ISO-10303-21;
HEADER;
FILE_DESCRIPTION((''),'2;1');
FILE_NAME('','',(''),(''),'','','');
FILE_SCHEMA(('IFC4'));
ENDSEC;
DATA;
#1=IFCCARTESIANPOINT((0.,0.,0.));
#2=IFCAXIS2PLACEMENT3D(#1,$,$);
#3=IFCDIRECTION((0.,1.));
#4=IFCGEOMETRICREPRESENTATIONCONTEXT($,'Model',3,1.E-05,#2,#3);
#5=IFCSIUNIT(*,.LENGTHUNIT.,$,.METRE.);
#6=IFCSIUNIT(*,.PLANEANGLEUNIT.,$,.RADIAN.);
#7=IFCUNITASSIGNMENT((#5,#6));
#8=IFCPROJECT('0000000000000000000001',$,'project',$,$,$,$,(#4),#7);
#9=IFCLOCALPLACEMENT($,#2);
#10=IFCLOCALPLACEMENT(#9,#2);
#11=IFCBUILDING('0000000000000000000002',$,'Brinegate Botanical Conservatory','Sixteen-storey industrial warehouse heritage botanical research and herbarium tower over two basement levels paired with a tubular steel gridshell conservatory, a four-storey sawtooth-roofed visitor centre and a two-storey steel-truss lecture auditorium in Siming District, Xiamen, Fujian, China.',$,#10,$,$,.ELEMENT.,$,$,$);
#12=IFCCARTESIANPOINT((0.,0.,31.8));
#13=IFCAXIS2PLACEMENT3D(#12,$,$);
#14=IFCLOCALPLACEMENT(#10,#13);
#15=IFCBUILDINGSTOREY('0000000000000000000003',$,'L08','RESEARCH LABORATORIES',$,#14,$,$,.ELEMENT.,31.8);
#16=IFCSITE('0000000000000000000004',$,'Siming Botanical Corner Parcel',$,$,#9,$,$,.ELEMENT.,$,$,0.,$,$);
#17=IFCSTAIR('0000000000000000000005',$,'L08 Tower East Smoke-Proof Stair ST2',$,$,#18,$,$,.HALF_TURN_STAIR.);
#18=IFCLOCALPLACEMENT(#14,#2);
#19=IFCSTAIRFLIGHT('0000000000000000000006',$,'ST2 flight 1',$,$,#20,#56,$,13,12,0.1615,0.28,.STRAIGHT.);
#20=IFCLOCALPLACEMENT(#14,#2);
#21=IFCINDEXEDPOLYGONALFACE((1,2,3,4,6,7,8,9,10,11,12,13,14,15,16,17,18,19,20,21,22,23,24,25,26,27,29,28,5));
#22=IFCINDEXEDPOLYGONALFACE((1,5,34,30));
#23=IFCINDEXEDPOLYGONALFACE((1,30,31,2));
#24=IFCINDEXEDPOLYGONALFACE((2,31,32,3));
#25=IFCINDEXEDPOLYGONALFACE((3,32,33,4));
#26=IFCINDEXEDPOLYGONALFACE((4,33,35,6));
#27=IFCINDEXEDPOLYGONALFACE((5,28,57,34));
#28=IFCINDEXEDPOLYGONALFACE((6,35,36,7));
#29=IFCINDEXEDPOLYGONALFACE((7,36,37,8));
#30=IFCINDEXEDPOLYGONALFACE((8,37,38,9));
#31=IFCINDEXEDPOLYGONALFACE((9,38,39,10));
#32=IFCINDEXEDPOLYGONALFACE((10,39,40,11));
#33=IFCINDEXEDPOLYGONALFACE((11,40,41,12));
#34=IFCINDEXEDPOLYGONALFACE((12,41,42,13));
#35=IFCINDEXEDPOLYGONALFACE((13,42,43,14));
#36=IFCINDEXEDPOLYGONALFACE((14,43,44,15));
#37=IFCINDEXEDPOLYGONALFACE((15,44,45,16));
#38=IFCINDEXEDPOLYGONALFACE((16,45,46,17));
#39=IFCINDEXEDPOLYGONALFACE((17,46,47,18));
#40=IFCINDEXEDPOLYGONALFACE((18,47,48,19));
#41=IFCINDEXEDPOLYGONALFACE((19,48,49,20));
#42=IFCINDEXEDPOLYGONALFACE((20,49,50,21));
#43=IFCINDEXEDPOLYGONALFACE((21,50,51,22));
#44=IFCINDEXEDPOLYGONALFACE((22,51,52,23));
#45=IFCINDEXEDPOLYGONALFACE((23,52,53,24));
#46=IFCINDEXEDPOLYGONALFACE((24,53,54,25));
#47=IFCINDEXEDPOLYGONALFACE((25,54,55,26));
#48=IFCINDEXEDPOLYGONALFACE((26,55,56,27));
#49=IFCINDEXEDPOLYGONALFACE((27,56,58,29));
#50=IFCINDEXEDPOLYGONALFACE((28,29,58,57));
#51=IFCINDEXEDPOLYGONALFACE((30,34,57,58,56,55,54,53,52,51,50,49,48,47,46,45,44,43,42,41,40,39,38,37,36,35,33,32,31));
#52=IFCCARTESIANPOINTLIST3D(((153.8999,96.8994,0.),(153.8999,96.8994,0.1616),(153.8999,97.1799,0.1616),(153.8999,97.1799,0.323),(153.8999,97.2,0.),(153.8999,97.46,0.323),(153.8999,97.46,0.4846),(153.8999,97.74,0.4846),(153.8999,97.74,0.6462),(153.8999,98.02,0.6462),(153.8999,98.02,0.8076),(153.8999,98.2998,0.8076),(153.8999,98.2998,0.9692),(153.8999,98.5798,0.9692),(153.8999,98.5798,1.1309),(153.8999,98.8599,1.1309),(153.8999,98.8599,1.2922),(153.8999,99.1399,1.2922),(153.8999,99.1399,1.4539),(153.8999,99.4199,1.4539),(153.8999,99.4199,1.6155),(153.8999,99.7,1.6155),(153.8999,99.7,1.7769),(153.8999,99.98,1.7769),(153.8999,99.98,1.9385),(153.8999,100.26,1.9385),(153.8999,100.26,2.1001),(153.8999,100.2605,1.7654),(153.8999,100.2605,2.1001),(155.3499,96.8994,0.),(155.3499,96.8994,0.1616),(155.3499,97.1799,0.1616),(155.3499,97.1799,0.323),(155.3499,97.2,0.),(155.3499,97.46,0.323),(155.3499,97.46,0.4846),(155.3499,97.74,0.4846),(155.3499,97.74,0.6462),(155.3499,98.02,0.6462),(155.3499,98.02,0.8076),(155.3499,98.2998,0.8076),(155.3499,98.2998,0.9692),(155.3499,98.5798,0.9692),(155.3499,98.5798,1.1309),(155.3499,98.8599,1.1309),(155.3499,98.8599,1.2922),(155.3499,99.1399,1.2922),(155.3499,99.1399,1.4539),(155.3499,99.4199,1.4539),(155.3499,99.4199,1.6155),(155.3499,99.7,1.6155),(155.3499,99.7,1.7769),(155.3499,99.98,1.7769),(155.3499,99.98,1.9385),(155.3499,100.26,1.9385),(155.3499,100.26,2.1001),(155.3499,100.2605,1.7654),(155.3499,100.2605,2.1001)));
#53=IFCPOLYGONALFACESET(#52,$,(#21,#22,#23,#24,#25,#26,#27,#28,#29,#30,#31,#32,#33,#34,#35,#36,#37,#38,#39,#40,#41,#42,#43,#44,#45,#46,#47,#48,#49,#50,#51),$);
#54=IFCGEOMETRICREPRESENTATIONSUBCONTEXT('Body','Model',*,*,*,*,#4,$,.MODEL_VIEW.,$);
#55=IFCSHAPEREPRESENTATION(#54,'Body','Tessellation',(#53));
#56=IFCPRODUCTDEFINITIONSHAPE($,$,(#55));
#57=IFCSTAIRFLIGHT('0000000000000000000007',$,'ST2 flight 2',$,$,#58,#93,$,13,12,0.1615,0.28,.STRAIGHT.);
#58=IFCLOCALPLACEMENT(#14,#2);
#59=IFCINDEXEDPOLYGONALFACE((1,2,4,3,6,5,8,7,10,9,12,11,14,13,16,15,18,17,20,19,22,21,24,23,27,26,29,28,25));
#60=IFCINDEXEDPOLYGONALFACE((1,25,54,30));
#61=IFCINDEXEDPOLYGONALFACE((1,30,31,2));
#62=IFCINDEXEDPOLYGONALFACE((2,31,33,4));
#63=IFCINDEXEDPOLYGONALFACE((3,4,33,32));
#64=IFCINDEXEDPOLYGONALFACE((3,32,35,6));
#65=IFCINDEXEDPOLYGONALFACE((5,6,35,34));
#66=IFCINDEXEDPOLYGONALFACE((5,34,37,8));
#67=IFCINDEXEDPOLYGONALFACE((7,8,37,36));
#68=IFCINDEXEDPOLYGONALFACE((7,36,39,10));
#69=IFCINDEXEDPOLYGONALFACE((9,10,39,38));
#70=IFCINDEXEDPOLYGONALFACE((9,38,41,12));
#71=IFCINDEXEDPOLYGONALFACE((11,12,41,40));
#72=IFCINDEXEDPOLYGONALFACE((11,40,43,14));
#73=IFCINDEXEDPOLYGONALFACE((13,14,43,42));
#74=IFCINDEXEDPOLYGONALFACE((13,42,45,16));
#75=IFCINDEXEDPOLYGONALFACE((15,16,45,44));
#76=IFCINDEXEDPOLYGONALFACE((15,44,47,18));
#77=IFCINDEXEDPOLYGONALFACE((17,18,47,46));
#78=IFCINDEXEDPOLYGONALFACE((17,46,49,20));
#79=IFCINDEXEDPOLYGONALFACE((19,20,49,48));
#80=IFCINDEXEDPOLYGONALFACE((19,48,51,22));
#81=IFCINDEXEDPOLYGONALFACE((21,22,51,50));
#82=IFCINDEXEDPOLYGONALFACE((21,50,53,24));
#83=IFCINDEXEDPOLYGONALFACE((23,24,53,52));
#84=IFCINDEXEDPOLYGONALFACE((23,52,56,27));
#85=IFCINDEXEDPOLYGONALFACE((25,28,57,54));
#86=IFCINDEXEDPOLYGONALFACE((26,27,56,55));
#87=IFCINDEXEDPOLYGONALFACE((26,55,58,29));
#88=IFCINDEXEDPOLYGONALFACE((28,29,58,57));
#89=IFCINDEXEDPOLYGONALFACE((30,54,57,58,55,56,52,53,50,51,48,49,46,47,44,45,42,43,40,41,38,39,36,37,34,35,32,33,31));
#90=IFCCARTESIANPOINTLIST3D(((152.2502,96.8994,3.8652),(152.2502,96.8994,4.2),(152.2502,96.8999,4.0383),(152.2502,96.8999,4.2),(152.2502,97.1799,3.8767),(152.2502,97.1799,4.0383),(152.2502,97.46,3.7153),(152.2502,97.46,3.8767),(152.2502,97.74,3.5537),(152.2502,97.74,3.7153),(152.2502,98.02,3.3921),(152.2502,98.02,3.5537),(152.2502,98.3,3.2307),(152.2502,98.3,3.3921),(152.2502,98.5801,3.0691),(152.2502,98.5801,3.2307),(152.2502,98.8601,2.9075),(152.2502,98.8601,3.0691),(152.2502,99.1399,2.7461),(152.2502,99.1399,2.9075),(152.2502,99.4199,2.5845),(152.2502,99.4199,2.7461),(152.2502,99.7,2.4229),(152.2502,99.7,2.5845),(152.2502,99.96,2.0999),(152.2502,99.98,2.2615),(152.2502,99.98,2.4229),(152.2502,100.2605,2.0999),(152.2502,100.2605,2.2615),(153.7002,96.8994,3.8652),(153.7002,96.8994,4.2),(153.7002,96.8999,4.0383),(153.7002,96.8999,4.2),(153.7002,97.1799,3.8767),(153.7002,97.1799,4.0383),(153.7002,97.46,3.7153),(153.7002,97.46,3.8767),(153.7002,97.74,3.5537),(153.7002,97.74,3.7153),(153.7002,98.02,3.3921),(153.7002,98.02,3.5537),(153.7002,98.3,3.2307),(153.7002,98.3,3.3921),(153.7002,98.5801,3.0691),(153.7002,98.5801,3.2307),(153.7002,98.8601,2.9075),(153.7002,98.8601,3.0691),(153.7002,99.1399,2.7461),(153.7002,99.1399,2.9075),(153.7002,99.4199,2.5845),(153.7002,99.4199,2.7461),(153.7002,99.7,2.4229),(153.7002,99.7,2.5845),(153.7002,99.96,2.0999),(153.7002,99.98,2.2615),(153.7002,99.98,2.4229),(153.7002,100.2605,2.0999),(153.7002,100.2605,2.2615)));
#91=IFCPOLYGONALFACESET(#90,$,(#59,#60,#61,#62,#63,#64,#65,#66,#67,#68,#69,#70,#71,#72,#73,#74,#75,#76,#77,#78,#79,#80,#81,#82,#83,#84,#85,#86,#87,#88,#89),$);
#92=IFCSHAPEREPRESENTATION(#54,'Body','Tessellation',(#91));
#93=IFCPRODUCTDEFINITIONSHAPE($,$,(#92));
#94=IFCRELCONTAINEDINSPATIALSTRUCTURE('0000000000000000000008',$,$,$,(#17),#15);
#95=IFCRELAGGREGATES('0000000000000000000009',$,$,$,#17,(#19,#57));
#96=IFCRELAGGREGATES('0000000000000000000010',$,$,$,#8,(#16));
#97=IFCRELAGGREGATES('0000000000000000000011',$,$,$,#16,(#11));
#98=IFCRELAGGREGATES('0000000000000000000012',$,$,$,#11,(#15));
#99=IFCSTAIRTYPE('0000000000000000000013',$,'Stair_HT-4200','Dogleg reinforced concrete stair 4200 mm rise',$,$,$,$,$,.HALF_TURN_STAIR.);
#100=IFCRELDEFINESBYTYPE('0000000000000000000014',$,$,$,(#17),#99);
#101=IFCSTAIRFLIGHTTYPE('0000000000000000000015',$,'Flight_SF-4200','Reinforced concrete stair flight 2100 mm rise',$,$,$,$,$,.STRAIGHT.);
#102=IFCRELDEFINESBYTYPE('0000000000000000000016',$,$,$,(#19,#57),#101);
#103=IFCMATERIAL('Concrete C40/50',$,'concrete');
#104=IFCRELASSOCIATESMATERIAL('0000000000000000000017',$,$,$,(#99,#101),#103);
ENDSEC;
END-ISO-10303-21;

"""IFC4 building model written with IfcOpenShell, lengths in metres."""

from ifc_helpers import new_model, si_unit, direction, frame, origin, place, context, subcontext, project, spatial, polyline, outline, extrude, material, type_object, element, aggregate, save


model = new_model("IFC4")

# Units and contexts
model_context = context("Model", 3, precision=1e-05, world=origin(), true_north=direction((0.0, 1.0)))
body_context = subcontext(model_context, "Body", "Model", "MODEL_VIEW")
ifc_project = project(units=[si_unit("LENGTHUNIT", "METRE"), si_unit("PLANEANGLEUNIT", "RADIAN")], contexts=[model_context])

# Site, building, storey
site_placement = place(None, origin())
site = spatial("IfcSite", under=ifc_project, at=site_placement, Name="Siming Botanical Corner Parcel", CompositionType="ELEMENT", RefElevation=0.0)
building_placement = place(site_placement, origin())
building = spatial("IfcBuilding", under=site, at=building_placement, Name="Brinegate Botanical Conservatory", Description="Sixteen-storey industrial warehouse heritage botanical research and herbarium tower over two basement levels paired with a tubular steel gridshell conservatory, a four-storey sawtooth-roofed visitor centre and a two-storey steel-truss lecture auditorium in Siming District, Xiamen, Fujian, China.", CompositionType="ELEMENT")
storey_placement = place(building_placement, frame((0.0, 0.0, 31.8)))
storey = spatial("IfcBuildingStorey", under=building, at=storey_placement, Name="L08", Description="RESEARCH LABORATORIES", CompositionType="ELEMENT", Elevation=31.8)

# Shared definitions
ifc_material_1 = material(Name="Concrete C40/50", Category="concrete")

# Stair, stair flights
stair_type = type_object("IfcStairType", Name="Stair_HT-4200", Description="Dogleg reinforced concrete stair 4200 mm rise", PredefinedType="HALF_TURN_STAIR", material=ifc_material_1)
stair_placement = place(storey_placement, origin())
stair = element("IfcStair", 1, at=stair_placement, inside=storey, type_object=stair_type, Name="L08 Tower East Smoke-Proof Stair ST2", PredefinedType="HALF_TURN_STAIR")
stair_flight_type = type_object("IfcStairFlightType", Name="Flight_SF-4200", Description="Reinforced concrete stair flight 2100 mm rise", PredefinedType="STRAIGHT", material=ifc_material_1)
stair_flight_1_placement = place(storey_placement, frame((154.625, 96.8999, 0.0), z_axis=(0.0, 0.0, 1.0), x_axis=(0.0, 1.0, 0.0)))
stair_flight_1 = element("IfcStairFlight", 2, at=stair_flight_1_placement, type_object=stair_flight_type, Name="ST2 flight 1", NumberOfRisers=13, NumberOfTreads=12, PredefinedType="STRAIGHT", RiserHeight=0.1615, TreadLength=0.28, context=body_context, shape_type="SweptSolid", body=[
    extrude(outline(polyline([(-0.0005, 0.0), (-0.0005, 0.1616), (0.28, 0.1616), (0.28, 0.323), (0.5601, 0.323), (0.5601, 0.4846), (0.8401, 0.4846), (0.8401, 0.6462), (1.1201, 0.6462), (1.1201, 0.8076), (1.3999, 0.8076), (1.3999, 0.9692), (1.6799, 0.9692), (1.6799, 1.1309), (1.96, 1.1309), (1.96, 1.2922), (2.24, 1.2922), (2.24, 1.4539), (2.52, 1.4539), (2.52, 1.6155), (2.8, 1.6155), (2.8, 1.7769), (3.0801, 1.7769), (3.0801, 1.9385), (3.3601, 1.9385), (3.3601, 2.1001), (3.3606, 2.1001), (3.3606, 1.7654), (0.3, 0.0), (-0.0005, 0.0)])), frame((0.0, 0.7251, 0.0), z_axis=(0.0, -1.0, 0.0), x_axis=(1.0, 0.0, 0.0)), (0.0, 0.0, 1.0), 1.45),
])
stair_flight_2_placement = place(storey_placement, frame((152.9751, 100.26, 2.0999), z_axis=(0.0, 0.0, 1.0), x_axis=(0.0, -1.0, 0.0)))
stair_flight_2 = element("IfcStairFlight", 3, at=stair_flight_2_placement, type_object=stair_flight_type, Name="ST2 flight 2", NumberOfRisers=13, NumberOfTreads=12, PredefinedType="STRAIGHT", RiserHeight=0.1615, TreadLength=0.28, context=body_context, shape_type="SweptSolid", body=[
    extrude(outline(polyline([(-0.0005, 0.0), (-0.0005, 0.1616), (0.28, 0.1616), (0.28, 0.323), (0.5601, 0.323), (0.5601, 0.4846), (0.8401, 0.4846), (0.8401, 0.6462), (1.1201, 0.6462), (1.1201, 0.8076), (1.3999, 0.8076), (1.3999, 0.9692), (1.6799, 0.9692), (1.6799, 1.1309), (1.96, 1.1309), (1.96, 1.2922), (2.24, 1.2922), (2.24, 1.4539), (2.52, 1.4539), (2.52, 1.6155), (2.8, 1.6155), (2.8, 1.7769), (3.0801, 1.7769), (3.0801, 1.9385), (3.3601, 1.9385), (3.3601, 2.1001), (3.3606, 2.1001), (3.3606, 1.7654), (0.3, 0.0), (-0.0005, 0.0)])), frame((0.0, 0.7251, 0.0), z_axis=(0.0, -1.0, 0.0), x_axis=(1.0, 0.0, 0.0)), (0.0, 0.0, 1.0), 1.45),
])
aggregate(stair, [stair_flight_1, stair_flight_2])

save(model, "model.ifc")
